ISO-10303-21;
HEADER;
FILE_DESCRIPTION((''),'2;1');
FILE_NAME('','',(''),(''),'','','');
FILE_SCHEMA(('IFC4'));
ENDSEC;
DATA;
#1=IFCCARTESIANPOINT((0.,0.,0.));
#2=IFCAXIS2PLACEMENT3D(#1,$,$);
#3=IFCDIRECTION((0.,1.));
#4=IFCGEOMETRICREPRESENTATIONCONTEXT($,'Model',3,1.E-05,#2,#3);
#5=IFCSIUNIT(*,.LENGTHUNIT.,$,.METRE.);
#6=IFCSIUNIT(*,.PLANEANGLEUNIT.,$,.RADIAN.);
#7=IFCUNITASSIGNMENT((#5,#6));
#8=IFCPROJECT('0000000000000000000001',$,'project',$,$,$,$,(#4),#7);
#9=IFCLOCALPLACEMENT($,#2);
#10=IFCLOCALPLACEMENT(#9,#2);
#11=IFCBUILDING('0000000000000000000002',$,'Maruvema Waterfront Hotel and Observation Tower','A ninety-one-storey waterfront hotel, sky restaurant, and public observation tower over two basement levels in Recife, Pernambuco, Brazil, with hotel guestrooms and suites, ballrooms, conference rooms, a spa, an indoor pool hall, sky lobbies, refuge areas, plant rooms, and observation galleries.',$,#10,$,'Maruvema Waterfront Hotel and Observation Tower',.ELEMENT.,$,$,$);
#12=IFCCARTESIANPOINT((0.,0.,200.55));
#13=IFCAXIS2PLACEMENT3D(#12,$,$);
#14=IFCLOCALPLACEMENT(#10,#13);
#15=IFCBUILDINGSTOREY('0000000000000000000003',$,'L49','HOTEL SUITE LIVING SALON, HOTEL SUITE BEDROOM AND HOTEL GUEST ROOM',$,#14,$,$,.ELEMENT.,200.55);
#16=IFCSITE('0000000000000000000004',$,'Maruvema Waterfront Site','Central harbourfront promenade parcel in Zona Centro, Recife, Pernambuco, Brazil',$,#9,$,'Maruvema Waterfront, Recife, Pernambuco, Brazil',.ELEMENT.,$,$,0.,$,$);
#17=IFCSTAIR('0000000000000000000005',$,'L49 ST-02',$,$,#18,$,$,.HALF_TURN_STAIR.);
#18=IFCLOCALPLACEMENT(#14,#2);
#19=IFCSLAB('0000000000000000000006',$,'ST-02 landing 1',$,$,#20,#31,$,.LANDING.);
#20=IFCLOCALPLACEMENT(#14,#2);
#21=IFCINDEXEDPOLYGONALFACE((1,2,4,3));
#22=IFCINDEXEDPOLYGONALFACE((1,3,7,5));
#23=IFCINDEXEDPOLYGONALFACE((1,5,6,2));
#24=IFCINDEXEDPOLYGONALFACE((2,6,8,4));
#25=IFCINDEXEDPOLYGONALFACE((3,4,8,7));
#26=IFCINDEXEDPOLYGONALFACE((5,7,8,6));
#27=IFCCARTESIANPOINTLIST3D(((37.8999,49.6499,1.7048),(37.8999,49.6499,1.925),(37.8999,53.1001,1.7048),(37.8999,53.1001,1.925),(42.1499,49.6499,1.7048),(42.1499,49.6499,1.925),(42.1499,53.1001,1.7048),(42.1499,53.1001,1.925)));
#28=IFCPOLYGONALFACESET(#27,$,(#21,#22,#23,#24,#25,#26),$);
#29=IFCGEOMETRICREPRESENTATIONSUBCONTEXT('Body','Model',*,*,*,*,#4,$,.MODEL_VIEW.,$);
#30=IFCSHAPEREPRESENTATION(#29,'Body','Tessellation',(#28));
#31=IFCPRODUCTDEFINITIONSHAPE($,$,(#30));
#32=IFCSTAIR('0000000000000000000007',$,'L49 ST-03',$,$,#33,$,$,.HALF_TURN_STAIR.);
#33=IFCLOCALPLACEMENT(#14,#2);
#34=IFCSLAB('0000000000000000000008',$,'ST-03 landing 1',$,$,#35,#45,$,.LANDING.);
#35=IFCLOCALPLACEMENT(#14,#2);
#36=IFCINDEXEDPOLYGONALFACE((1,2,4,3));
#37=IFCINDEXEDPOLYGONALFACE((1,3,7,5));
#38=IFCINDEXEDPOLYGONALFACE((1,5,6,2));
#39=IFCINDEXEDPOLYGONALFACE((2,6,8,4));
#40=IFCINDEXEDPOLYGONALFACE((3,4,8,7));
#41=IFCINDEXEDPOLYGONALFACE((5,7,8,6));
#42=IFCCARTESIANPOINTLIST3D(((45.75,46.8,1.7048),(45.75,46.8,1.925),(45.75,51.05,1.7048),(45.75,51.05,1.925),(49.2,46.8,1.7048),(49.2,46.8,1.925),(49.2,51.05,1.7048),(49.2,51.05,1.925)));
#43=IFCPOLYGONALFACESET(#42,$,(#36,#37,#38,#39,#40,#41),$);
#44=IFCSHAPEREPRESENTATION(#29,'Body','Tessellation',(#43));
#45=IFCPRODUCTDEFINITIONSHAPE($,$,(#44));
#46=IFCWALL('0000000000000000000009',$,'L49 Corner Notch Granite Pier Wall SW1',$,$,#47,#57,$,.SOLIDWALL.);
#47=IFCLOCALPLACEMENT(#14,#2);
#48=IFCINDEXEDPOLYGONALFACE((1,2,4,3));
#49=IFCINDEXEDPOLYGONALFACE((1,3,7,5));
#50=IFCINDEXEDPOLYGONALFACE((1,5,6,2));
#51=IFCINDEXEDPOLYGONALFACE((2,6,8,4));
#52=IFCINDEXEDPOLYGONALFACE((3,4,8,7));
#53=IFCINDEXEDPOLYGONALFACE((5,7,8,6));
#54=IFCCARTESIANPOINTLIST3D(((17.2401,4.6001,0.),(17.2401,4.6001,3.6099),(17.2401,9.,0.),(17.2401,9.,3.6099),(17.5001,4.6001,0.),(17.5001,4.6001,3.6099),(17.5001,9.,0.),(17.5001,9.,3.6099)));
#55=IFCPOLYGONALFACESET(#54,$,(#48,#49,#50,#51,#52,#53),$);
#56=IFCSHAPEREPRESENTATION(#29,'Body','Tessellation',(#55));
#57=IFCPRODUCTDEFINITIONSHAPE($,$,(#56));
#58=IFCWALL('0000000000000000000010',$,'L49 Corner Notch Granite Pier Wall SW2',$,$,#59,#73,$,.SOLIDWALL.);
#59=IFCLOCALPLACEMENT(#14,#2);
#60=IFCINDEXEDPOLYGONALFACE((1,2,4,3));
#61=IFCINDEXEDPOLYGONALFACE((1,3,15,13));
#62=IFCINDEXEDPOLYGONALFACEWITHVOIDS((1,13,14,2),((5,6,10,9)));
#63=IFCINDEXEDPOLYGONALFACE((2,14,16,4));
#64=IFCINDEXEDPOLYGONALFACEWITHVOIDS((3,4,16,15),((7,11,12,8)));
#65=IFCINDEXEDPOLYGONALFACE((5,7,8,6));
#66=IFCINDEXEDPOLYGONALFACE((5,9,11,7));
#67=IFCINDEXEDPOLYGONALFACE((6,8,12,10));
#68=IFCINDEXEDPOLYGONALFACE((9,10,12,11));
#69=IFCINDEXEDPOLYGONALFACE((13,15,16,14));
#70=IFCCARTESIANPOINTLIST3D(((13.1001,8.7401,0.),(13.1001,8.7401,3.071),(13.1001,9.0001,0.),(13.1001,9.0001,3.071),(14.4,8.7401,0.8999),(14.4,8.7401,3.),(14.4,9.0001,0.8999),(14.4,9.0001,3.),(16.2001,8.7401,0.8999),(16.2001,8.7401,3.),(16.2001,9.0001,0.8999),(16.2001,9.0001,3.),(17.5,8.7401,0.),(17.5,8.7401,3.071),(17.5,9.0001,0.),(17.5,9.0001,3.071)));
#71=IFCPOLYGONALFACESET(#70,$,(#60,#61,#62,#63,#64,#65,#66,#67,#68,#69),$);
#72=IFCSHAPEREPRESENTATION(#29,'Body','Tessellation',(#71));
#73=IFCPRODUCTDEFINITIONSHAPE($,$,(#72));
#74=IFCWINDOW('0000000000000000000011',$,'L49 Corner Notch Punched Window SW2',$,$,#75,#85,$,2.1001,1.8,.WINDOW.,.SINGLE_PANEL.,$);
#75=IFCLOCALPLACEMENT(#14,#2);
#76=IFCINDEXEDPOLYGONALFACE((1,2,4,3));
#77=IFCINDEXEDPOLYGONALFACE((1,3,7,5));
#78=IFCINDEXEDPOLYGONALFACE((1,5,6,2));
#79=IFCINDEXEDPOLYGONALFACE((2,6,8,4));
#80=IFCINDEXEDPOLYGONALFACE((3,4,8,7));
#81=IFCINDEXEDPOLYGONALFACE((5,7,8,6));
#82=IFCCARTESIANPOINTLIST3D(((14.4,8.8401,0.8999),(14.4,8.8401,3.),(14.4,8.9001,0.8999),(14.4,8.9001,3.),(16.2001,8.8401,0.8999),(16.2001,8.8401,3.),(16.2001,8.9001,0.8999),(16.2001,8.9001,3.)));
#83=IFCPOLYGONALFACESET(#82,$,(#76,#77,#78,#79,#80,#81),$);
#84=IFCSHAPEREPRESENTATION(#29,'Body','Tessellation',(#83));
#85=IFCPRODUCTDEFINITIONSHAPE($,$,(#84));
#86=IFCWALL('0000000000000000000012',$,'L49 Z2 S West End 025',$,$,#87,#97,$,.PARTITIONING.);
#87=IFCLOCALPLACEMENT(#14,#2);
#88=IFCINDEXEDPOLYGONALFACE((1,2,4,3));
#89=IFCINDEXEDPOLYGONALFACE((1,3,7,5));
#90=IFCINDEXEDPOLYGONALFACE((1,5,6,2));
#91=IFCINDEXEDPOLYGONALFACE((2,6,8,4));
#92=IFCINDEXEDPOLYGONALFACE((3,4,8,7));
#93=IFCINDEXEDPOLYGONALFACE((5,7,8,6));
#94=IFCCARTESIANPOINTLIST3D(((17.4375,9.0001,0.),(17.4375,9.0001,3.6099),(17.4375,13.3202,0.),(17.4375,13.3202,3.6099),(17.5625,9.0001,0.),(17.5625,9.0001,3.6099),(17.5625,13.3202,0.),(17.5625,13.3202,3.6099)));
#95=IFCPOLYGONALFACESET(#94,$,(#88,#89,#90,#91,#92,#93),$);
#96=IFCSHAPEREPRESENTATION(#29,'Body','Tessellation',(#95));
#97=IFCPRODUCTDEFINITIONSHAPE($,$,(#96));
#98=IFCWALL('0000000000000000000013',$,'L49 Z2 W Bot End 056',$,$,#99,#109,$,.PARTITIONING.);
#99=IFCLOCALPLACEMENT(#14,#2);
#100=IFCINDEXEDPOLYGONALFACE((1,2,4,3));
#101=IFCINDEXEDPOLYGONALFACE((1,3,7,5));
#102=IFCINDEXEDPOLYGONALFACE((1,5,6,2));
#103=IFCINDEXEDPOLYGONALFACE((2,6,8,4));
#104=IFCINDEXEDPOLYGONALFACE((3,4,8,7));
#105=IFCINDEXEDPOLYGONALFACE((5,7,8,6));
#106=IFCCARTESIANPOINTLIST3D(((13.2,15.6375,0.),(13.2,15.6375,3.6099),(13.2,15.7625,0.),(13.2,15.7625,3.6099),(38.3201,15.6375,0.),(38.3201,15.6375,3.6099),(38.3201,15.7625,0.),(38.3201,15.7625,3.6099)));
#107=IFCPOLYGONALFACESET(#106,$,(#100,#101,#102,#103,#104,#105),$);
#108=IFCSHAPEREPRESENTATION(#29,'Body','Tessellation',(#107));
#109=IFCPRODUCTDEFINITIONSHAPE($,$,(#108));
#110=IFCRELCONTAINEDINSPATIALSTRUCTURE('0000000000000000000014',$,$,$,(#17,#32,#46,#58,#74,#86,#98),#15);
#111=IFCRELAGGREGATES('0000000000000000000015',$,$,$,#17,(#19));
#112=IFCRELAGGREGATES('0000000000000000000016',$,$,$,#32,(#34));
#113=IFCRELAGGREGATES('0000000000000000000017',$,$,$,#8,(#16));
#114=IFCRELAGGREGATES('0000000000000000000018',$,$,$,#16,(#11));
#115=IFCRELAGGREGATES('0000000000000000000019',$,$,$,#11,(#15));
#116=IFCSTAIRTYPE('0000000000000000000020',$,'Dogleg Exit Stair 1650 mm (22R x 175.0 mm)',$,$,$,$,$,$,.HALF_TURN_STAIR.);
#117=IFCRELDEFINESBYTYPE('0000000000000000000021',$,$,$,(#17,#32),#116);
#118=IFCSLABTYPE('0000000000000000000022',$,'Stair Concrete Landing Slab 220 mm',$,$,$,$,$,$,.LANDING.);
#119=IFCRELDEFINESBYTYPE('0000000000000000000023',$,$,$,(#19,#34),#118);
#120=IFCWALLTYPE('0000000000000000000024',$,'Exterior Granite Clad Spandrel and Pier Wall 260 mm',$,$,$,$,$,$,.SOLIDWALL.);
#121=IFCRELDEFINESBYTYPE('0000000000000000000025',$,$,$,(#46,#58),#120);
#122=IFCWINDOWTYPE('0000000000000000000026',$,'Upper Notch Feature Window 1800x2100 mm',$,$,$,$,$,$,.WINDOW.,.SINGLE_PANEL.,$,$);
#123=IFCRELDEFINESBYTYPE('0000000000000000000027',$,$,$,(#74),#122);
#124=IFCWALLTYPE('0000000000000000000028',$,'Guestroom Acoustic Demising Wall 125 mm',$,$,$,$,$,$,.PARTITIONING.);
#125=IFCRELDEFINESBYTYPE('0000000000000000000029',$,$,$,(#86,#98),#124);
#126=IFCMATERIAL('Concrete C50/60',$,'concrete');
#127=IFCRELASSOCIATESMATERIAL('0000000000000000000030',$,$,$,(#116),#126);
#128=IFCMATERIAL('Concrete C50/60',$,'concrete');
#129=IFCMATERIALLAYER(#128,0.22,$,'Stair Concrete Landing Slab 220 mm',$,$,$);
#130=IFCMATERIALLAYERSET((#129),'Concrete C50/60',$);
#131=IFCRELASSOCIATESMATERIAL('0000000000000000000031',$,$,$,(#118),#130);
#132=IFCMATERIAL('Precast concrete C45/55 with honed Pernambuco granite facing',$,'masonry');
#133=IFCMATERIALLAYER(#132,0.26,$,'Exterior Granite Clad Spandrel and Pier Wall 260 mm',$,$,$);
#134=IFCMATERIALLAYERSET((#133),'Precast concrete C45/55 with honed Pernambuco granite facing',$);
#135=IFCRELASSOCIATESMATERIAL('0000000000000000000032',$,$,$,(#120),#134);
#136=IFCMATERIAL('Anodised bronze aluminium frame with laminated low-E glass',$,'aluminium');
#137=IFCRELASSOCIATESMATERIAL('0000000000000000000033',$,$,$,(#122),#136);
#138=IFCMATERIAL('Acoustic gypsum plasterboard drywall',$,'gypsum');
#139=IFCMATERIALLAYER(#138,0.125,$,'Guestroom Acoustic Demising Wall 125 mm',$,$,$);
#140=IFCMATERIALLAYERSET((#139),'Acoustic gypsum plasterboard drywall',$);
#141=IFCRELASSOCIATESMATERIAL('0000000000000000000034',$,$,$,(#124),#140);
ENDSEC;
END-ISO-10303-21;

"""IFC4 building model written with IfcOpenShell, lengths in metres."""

from ifc_helpers import new_model, si_unit, direction, frame, frame_2d, origin, place, context, subcontext, project, spatial, polyline, rectangle, outline, extrude, material, layer, layer_set, type_object, element, fill, aggregate, save


model = new_model("IFC4")

# Units and contexts
model_context = context("Model", 3, precision=1e-05, world=origin(), true_north=direction((0.0, 1.0)))
body_context = subcontext(model_context, "Body", "Model", "MODEL_VIEW")
ifc_project = project(units=[si_unit("LENGTHUNIT", "METRE"), si_unit("PLANEANGLEUNIT", "RADIAN")], contexts=[model_context])

# Site, building, storey
site_placement = place(None, origin())
site = spatial("IfcSite", under=ifc_project, at=site_placement, Name="Maruvema Waterfront Site", Description="Central harbourfront promenade parcel in Zona Centro, Recife, Pernambuco, Brazil", LongName="Maruvema Waterfront, Recife, Pernambuco, Brazil", CompositionType="ELEMENT", RefElevation=0.0)
building_placement = place(site_placement, origin())
building = spatial("IfcBuilding", under=site, at=building_placement, Name="Maruvema Waterfront Hotel and Observation Tower", Description="A ninety-one-storey waterfront hotel, sky restaurant, and public observation tower over two basement levels in Recife, Pernambuco, Brazil, with hotel guestrooms and suites, ballrooms, conference rooms, a spa, an indoor pool hall, sky lobbies, refuge areas, plant rooms, and observation galleries.", LongName="Maruvema Waterfront Hotel and Observation Tower", CompositionType="ELEMENT")
storey_placement = place(building_placement, frame((0.0, 0.0, 200.55)))
storey = spatial("IfcBuildingStorey", under=building, at=storey_placement, Name="L49", Description="HOTEL SUITE LIVING SALON, HOTEL SUITE BEDROOM AND HOTEL GUEST ROOM", CompositionType="ELEMENT", Elevation=200.55)

# Stairs, slabs
ifc_material_1 = material(Name="Concrete C50/60", Category="concrete")
stair_type = type_object("IfcStairType", Name="Dogleg Exit Stair 1650 mm (22R x 175.0 mm)", PredefinedType="HALF_TURN_STAIR", material=ifc_material_1)
ifc_material_2 = material(Name="Concrete C50/60", Category="concrete")
ifc_layer_1 = layer(ifc_material_2, 0.22, Name="Stair Concrete Landing Slab 220 mm")
ifc_layer_set_1 = layer_set([ifc_layer_1], Name="Concrete C50/60")
slab_type_1 = type_object("IfcSlabType", Name="Stair Concrete Landing Slab 220 mm", PredefinedType="LANDING", material=ifc_layer_set_1)
stair_1_placement = place(storey_placement, origin())
stair_1 = element("IfcStair", 1, at=stair_1_placement, inside=storey, type_object=stair_type, Name="L49 ST-02", PredefinedType="HALF_TURN_STAIR")
slab_1_placement = place(storey_placement, frame((0.0, 0.0, 1.7048)))
slab_1 = element("IfcSlab", 2, at=slab_1_placement, type_object=slab_type_1, Name="ST-02 landing 1", PredefinedType="LANDING", context=body_context, shape_type="SweptSolid", body=[
    extrude(outline(polyline([(37.8999, 49.6499), (42.1499, 49.6499), (42.1499, 53.1001), (37.8999, 53.1001), (37.8999, 49.6499)])), origin(), (0.0, 0.0, 1.0), 0.2202),
])
aggregate(stair_1, [slab_1])
stair_2_placement = place(storey_placement, origin())
stair_2 = element("IfcStair", 3, at=stair_2_placement, inside=storey, type_object=stair_type, Name="L49 ST-03", PredefinedType="HALF_TURN_STAIR")
slab_2_placement = place(storey_placement, frame((0.0, 0.0, 1.7048)))
slab_2 = element("IfcSlab", 4, at=slab_2_placement, type_object=slab_type_1, Name="ST-03 landing 1", PredefinedType="LANDING", context=body_context, shape_type="SweptSolid", body=[
    extrude(outline(polyline([(49.2, 46.8), (49.2, 51.05), (45.75, 51.05), (45.75, 46.8), (49.2, 46.8)])), origin(), (0.0, 0.0, 1.0), 0.2202),
])
aggregate(stair_2, [slab_2])

# Wall
ifc_material_3 = material(Name="Precast concrete C45/55 with honed Pernambuco granite facing", Category="masonry")
ifc_layer_2 = layer(ifc_material_3, 0.26, Name="Exterior Granite Clad Spandrel and Pier Wall 260 mm")
ifc_layer_set_2 = layer_set([ifc_layer_2], Name="Precast concrete C45/55 with honed Pernambuco granite facing")
wall_type_1 = type_object("IfcWallType", Name="Exterior Granite Clad Spandrel and Pier Wall 260 mm", PredefinedType="SOLIDWALL", material=ifc_layer_set_2)
wall_1_placement = place(storey_placement, frame((17.3701, 4.6001, 0.0), z_axis=(0.0, 0.0, 1.0), x_axis=(0.0, 1.0, 0.0)))
element("IfcWall", 5, at=wall_1_placement, inside=storey, type_object=wall_type_1, Name="L49 Corner Notch Granite Pier Wall SW1", PredefinedType="SOLIDWALL", context=body_context, shape_type="SweptSolid", body=[
    extrude(rectangle(XDim=4.3999, YDim=0.26, at=frame_2d((2.2, 0.0))), origin(), (0.0, 0.0, 1.0), 3.6099),
])

# Wall, opening, window
wall_2_placement = place(storey_placement, frame((17.5, 8.8701, 0.0), z_axis=(0.0, 0.0, 1.0), x_axis=(-1.0, 0.0, 0.0)))
wall_2 = element("IfcWall", 6, at=wall_2_placement, inside=storey, type_object=wall_type_1, Name="L49 Corner Notch Granite Pier Wall SW2", PredefinedType="SOLIDWALL", context=body_context, shape_type="SweptSolid", body=[
    extrude(rectangle(XDim=4.3999, YDim=0.26, at=frame_2d((2.2, 0.0))), origin(), (0.0, 0.0, 1.0), 3.071),
])
opening_1_placement = place(wall_2_placement, frame((1.3, 0.0, 0.8999)))
opening_1 = element("IfcOpeningElement", 7, at=opening_1_placement, cuts=wall_2, PredefinedType="OPENING", context=body_context, shape_type="SweptSolid", body=[
    extrude(rectangle(XDim=1.8, YDim=2.1001, at=frame_2d((0.8999, 1.05))), frame((0.0, 0.1401, 0.0), z_axis=(0.0, -1.0, 0.0), x_axis=(1.0, 0.0, 0.0)), (0.0, 0.0, 1.0), 0.28),
])
ifc_material_4 = material(Name="Anodised bronze aluminium frame with laminated low-E glass", Category="aluminium")
window_type = type_object("IfcWindowType", Name="Upper Notch Feature Window 1800x2100 mm", PartitioningType="SINGLE_PANEL", PredefinedType="WINDOW", material=ifc_material_4)
window_placement = place(opening_1_placement, origin())
window = element("IfcWindow", 8, at=window_placement, inside=storey, type_object=window_type, Name="L49 Corner Notch Punched Window SW2", OverallHeight=2.1001, OverallWidth=1.8, PartitioningType="SINGLE_PANEL", PredefinedType="WINDOW", context=body_context, shape_type="SweptSolid", body=[
    extrude(rectangle(XDim=1.8, YDim=2.1001, at=frame_2d((0.8999, 1.05))), frame((0.0, 0.03, 0.0), z_axis=(0.0, -1.0, 0.0), x_axis=(1.0, 0.0, 0.0)), (0.0, 0.0, 1.0), 0.0601),
])
fill(opening_1, window)

# Walls
ifc_material_5 = material(Name="Acoustic gypsum plasterboard drywall", Category="gypsum")
ifc_layer_3 = layer(ifc_material_5, 0.125, Name="Guestroom Acoustic Demising Wall 125 mm")
ifc_layer_set_3 = layer_set([ifc_layer_3], Name="Acoustic gypsum plasterboard drywall")
wall_type_2 = type_object("IfcWallType", Name="Guestroom Acoustic Demising Wall 125 mm", PredefinedType="PARTITIONING", material=ifc_layer_set_3)
wall_3_placement = place(storey_placement, frame((17.5, 9.0, 0.0), z_axis=(0.0, 0.0, 1.0), x_axis=(0.0, 1.0, 0.0)))
element("IfcWall", 9, at=wall_3_placement, inside=storey, type_object=wall_type_2, Name="L49 Z2 S West End 025", PredefinedType="PARTITIONING", context=body_context, shape_type="SweptSolid", body=[
    extrude(rectangle(XDim=4.3201, YDim=0.125, at=frame_2d((2.1602, 0.0))), origin(), (0.0, 0.0, 1.0), 3.6099),
])
wall_4_placement = place(storey_placement, frame((13.2, 15.7, 0.0), z_axis=(0.0, 0.0, 1.0), x_axis=(1.0, 0.0, 0.0)))
element("IfcWall", 10, at=wall_4_placement, inside=storey, type_object=wall_type_2, Name="L49 Z2 W Bot End 056", PredefinedType="PARTITIONING", context=body_context, shape_type="SweptSolid", body=[
    extrude(rectangle(XDim=25.1201, YDim=0.125, at=frame_2d((12.5601, 0.0))), origin(), (0.0, 0.0, 1.0), 3.6099),
])

save(model, "model.ifc")
